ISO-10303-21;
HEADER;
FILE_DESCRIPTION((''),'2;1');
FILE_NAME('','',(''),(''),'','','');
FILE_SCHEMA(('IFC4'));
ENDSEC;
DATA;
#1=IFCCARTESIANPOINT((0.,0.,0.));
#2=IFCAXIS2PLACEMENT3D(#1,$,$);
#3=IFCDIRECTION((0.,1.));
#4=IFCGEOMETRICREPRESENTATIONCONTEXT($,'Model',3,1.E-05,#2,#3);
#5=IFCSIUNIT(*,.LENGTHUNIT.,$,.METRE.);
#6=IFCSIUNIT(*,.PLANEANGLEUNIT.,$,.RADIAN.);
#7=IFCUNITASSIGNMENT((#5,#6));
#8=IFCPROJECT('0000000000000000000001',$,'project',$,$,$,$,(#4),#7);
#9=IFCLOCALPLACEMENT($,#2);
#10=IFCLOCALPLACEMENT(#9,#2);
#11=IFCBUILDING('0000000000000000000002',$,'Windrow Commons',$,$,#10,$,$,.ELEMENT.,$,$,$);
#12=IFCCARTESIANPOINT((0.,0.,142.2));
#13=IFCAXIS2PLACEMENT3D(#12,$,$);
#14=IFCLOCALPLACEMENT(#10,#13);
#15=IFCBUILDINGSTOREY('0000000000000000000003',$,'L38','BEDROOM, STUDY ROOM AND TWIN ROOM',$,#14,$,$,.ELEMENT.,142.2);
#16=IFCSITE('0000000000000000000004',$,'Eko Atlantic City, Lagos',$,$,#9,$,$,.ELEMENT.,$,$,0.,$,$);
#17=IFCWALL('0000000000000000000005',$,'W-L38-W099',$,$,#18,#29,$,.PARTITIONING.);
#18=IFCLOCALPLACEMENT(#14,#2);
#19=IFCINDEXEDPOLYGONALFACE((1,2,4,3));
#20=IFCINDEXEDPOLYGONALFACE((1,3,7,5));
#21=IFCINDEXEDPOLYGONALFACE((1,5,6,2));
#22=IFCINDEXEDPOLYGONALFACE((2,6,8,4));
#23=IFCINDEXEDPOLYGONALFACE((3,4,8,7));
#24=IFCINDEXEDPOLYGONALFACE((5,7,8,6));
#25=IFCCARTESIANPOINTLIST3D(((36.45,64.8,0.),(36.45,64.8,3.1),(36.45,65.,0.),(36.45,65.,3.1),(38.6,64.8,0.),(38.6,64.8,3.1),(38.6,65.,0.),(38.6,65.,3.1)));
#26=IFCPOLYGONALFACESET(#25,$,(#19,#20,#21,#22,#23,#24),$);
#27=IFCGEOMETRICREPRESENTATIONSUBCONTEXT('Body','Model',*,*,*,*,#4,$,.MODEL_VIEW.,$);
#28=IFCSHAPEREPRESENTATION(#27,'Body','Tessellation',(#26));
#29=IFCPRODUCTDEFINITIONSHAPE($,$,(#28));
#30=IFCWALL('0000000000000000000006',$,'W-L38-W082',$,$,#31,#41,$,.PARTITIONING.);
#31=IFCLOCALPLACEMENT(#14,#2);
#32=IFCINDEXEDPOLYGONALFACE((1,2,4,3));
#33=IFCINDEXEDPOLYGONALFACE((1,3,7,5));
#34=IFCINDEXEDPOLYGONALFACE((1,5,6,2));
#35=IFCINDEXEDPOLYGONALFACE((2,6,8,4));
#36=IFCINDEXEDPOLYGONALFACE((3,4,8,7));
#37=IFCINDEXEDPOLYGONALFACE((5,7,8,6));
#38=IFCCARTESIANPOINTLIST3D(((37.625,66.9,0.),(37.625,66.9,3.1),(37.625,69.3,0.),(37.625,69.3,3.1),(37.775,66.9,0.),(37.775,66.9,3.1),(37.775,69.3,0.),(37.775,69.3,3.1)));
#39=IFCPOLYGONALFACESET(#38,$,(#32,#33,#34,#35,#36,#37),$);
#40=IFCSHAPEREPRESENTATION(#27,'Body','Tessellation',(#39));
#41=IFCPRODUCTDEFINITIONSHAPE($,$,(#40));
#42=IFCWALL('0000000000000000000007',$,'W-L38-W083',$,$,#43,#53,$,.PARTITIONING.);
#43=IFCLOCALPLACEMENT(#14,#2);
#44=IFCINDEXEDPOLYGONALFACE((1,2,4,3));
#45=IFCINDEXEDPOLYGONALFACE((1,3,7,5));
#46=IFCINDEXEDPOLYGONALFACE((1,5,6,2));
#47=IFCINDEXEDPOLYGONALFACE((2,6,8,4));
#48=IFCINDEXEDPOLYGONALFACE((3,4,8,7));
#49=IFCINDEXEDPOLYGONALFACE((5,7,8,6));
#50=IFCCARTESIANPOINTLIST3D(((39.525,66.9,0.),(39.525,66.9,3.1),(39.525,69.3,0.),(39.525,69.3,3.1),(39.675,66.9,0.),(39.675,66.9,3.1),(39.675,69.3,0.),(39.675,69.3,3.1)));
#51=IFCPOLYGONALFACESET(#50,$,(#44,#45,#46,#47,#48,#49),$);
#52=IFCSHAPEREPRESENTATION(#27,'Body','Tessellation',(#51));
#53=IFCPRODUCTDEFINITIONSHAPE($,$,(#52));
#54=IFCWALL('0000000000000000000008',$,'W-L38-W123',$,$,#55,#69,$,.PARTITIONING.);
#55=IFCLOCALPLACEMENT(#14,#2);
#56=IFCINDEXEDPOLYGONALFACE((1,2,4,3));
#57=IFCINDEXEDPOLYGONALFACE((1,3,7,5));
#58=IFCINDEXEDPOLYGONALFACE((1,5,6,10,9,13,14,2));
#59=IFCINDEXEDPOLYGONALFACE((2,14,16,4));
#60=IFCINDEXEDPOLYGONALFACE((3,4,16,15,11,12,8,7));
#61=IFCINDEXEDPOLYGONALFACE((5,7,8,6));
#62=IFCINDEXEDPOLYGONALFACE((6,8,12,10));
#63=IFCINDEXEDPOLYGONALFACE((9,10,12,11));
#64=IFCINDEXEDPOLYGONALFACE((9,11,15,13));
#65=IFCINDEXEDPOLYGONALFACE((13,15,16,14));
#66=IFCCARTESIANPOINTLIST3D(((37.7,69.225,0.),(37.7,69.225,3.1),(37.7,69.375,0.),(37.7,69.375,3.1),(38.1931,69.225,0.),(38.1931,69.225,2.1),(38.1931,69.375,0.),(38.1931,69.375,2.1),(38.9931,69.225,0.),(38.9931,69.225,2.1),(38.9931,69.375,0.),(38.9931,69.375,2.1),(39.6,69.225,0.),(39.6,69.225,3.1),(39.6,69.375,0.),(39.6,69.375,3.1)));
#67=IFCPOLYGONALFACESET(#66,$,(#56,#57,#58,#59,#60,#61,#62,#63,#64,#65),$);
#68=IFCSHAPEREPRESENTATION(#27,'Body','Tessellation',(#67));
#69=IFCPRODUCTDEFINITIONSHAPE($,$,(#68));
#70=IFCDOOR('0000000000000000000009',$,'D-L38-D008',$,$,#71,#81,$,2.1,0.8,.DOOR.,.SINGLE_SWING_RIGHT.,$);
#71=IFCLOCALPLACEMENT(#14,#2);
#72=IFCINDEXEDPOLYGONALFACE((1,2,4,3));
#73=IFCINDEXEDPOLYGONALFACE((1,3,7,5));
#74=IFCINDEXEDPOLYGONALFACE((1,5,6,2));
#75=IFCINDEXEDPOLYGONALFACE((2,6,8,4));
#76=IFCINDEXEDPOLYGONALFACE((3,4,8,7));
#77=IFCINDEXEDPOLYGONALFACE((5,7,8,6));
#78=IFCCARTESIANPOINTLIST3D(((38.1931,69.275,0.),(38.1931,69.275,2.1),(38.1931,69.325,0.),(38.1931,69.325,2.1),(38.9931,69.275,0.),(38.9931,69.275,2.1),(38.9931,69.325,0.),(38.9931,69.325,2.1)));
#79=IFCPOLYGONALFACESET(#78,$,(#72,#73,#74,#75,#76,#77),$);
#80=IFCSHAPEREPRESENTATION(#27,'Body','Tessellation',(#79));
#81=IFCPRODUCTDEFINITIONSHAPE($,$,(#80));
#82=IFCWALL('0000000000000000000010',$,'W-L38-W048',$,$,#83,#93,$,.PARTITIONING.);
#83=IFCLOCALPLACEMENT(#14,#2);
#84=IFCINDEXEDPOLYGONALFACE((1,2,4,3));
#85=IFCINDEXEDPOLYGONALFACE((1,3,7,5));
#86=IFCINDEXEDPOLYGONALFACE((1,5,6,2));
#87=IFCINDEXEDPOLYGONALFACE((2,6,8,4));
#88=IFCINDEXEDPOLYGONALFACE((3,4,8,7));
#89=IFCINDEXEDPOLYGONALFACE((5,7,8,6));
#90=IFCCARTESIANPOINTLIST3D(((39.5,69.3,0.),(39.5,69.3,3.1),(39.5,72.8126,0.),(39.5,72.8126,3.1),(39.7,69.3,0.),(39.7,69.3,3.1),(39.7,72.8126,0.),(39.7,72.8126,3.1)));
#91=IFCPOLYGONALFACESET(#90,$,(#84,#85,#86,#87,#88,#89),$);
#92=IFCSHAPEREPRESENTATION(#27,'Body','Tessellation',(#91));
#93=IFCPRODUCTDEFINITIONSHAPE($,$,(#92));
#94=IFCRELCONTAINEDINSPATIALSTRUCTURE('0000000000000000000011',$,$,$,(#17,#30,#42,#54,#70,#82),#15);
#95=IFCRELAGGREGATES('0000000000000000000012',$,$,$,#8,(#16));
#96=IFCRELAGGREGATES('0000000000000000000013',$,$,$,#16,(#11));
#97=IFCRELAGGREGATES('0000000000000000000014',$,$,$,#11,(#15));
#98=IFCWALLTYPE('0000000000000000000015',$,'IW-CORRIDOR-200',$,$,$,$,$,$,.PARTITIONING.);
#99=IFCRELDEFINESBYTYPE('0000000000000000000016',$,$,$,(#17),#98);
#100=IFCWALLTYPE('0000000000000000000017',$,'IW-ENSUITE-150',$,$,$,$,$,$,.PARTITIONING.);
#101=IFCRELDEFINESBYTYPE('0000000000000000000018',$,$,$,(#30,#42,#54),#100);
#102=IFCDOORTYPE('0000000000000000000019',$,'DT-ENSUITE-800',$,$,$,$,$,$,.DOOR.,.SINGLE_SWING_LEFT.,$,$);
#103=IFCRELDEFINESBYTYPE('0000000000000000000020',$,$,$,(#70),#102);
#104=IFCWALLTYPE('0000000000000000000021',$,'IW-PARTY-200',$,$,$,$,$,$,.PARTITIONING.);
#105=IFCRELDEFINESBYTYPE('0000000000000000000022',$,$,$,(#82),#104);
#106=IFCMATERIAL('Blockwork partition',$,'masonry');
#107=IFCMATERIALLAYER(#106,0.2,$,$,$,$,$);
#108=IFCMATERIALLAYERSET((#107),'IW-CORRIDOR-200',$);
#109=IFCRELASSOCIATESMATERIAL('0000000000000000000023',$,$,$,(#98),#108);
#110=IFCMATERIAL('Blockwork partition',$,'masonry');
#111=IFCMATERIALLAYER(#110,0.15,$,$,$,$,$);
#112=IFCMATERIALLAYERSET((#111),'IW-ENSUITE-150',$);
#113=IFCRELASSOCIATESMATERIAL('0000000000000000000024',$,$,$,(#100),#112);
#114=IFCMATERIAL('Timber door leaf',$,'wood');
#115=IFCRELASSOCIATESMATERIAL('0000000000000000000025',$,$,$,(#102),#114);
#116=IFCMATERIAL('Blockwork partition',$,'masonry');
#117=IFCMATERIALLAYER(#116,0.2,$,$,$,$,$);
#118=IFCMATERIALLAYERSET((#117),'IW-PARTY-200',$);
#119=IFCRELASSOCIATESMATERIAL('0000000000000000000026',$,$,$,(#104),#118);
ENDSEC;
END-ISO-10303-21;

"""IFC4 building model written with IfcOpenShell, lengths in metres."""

from ifc_helpers import new_model, si_unit, direction, frame, frame_2d, origin, place, context, subcontext, project, spatial, rectangle, extrude, material, layer, layer_set, type_object, element, fill, save


model = new_model("IFC4")

# Units and contexts
model_context = context("Model", 3, precision=1e-05, world=origin(), true_north=direction((0.0, 1.0)))
body_context = subcontext(model_context, "Body", "Model", "MODEL_VIEW")
ifc_project = project(units=[si_unit("LENGTHUNIT", "METRE"), si_unit("PLANEANGLEUNIT", "RADIAN")], contexts=[model_context])

# Site, building, storey
site_placement = place(None, origin())
site = spatial("IfcSite", under=ifc_project, at=site_placement, Name="Eko Atlantic City, Lagos", CompositionType="ELEMENT", RefElevation=0.0)
building_placement = place(site_placement, origin())
building = spatial("IfcBuilding", under=site, at=building_placement, Name="Windrow Commons", CompositionType="ELEMENT")
storey_placement = place(building_placement, frame((0.0, 0.0, 142.2)))
storey = spatial("IfcBuildingStorey", under=building, at=storey_placement, Name="L38", Description="BEDROOM, STUDY ROOM AND TWIN ROOM", CompositionType="ELEMENT", Elevation=142.2)

# Shared definitions
ifc_material_1 = material(Name="Blockwork partition", Category="masonry")
ifc_layer_1 = layer(ifc_material_1, 0.2)
ifc_layer_set_1 = layer_set([ifc_layer_1], Name="IW-CORRIDOR-200")
wall_type_1 = type_object("IfcWallType", Name="IW-CORRIDOR-200", PredefinedType="PARTITIONING", material=ifc_layer_set_1)

# Walls
wall_1_placement = place(storey_placement, frame((36.45, 64.9, 0.0), z_axis=(0.0, 0.0, 1.0), x_axis=(1.0, 0.0, 0.0)))
element("IfcWall", 1, at=wall_1_placement, inside=storey, type_object=wall_type_1, Name="W-L38-W099", PredefinedType="PARTITIONING", context=body_context, shape_type="SweptSolid", body=[
    extrude(rectangle(XDim=2.15, YDim=0.2, at=frame_2d((1.075, 0.0))), origin(), (0.0, 0.0, 1.0), 3.1),
])
ifc_material_2 = material(Name="Blockwork partition", Category="masonry")
ifc_layer_2 = layer(ifc_material_2, 0.15)
ifc_layer_set_2 = layer_set([ifc_layer_2], Name="IW-ENSUITE-150")
wall_type_2 = type_object("IfcWallType", Name="IW-ENSUITE-150", PredefinedType="PARTITIONING", material=ifc_layer_set_2)
for number, where, z_axis, x_axis, name in (
    (2, (37.7, 66.9, 0.0), (0.0, 0.0, 1.0), (0.0, 1.0, 0.0), "W-L38-W082"),
    (3, (39.6, 66.9, 0.0), (0.0, 0.0, 1.0), (0.0, 1.0, 0.0), "W-L38-W083"),
):
    element("IfcWall", number, at=place(storey_placement, frame(where, z_axis=z_axis, x_axis=x_axis)), inside=storey, type_object=wall_type_2, Name=name, PredefinedType="PARTITIONING", context=body_context, shape_type="SweptSolid", body=[
        extrude(rectangle(XDim=2.4, YDim=0.15, at=frame_2d((1.2, 0.0))), origin(), (0.0, 0.0, 1.0), 3.1),
    ])

# Wall, opening, door
wall_2_placement = place(storey_placement, frame((37.7, 69.3, 0.0), z_axis=(0.0, 0.0, 1.0), x_axis=(1.0, 0.0, 0.0)))
wall_2 = element("IfcWall", 4, at=wall_2_placement, inside=storey, type_object=wall_type_2, Name="W-L38-W123", PredefinedType="PARTITIONING", context=body_context, shape_type="SweptSolid", body=[
    extrude(rectangle(XDim=1.9, YDim=0.15, at=frame_2d((0.95, 0.0))), origin(), (0.0, 0.0, 1.0), 3.1),
])
opening_1_placement = place(wall_2_placement, frame((0.4931, 0.0, 0.0)))
opening_1 = element("IfcOpeningElement", 5, at=opening_1_placement, cuts=wall_2, PredefinedType="OPENING", context=body_context, shape_type="SweptSolid", body=[
    extrude(rectangle(XDim=0.8, YDim=2.1, at=frame_2d((0.4, 1.05))), frame((0.0, 0.085, 0.0), z_axis=(0.0, -1.0, 0.0), x_axis=(1.0, 0.0, 0.0)), (0.0, 0.0, 1.0), 0.17),
])
ifc_material_3 = material(Name="Timber door leaf", Category="wood")
door_type_1 = type_object("IfcDoorType", Name="DT-ENSUITE-800", OperationType="SINGLE_SWING_LEFT", PredefinedType="DOOR", material=ifc_material_3)
door_1_placement = place(opening_1_placement, origin())
door_1 = element("IfcDoor", 6, at=door_1_placement, inside=storey, type_object=door_type_1, Name="D-L38-D008", OperationType="SINGLE_SWING_RIGHT", OverallHeight=2.1, OverallWidth=0.8, PredefinedType="DOOR", context=body_context, shape_type="SweptSolid", body=[
    extrude(rectangle(XDim=0.8, YDim=2.1, at=frame_2d((0.4, 1.05))), frame((0.0, 0.025, 0.0), z_axis=(0.0, -1.0, 0.0), x_axis=(1.0, 0.0, 0.0)), (0.0, 0.0, 1.0), 0.05),
])
fill(opening_1, door_1)

# Wall
ifc_material_4 = material(Name="Blockwork partition", Category="masonry")
ifc_layer_3 = layer(ifc_material_4, 0.2)
ifc_layer_set_3 = layer_set([ifc_layer_3], Name="IW-PARTY-200")
wall_type_3 = type_object("IfcWallType", Name="IW-PARTY-200", PredefinedType="PARTITIONING", material=ifc_layer_set_3)
wall_3_placement = place(storey_placement, frame((39.6, 69.3, 0.0), z_axis=(0.0, 0.0, 1.0), x_axis=(0.0, 1.0, 0.0)))
element("IfcWall", 7, at=wall_3_placement, inside=storey, type_object=wall_type_3, Name="W-L38-W048", PredefinedType="PARTITIONING", context=body_context, shape_type="SweptSolid", body=[
    extrude(rectangle(XDim=3.5126, YDim=0.2, at=frame_2d((1.7563, 0.0))), origin(), (0.0, 0.0, 1.0), 3.1),
])

save(model, "model.ifc")
